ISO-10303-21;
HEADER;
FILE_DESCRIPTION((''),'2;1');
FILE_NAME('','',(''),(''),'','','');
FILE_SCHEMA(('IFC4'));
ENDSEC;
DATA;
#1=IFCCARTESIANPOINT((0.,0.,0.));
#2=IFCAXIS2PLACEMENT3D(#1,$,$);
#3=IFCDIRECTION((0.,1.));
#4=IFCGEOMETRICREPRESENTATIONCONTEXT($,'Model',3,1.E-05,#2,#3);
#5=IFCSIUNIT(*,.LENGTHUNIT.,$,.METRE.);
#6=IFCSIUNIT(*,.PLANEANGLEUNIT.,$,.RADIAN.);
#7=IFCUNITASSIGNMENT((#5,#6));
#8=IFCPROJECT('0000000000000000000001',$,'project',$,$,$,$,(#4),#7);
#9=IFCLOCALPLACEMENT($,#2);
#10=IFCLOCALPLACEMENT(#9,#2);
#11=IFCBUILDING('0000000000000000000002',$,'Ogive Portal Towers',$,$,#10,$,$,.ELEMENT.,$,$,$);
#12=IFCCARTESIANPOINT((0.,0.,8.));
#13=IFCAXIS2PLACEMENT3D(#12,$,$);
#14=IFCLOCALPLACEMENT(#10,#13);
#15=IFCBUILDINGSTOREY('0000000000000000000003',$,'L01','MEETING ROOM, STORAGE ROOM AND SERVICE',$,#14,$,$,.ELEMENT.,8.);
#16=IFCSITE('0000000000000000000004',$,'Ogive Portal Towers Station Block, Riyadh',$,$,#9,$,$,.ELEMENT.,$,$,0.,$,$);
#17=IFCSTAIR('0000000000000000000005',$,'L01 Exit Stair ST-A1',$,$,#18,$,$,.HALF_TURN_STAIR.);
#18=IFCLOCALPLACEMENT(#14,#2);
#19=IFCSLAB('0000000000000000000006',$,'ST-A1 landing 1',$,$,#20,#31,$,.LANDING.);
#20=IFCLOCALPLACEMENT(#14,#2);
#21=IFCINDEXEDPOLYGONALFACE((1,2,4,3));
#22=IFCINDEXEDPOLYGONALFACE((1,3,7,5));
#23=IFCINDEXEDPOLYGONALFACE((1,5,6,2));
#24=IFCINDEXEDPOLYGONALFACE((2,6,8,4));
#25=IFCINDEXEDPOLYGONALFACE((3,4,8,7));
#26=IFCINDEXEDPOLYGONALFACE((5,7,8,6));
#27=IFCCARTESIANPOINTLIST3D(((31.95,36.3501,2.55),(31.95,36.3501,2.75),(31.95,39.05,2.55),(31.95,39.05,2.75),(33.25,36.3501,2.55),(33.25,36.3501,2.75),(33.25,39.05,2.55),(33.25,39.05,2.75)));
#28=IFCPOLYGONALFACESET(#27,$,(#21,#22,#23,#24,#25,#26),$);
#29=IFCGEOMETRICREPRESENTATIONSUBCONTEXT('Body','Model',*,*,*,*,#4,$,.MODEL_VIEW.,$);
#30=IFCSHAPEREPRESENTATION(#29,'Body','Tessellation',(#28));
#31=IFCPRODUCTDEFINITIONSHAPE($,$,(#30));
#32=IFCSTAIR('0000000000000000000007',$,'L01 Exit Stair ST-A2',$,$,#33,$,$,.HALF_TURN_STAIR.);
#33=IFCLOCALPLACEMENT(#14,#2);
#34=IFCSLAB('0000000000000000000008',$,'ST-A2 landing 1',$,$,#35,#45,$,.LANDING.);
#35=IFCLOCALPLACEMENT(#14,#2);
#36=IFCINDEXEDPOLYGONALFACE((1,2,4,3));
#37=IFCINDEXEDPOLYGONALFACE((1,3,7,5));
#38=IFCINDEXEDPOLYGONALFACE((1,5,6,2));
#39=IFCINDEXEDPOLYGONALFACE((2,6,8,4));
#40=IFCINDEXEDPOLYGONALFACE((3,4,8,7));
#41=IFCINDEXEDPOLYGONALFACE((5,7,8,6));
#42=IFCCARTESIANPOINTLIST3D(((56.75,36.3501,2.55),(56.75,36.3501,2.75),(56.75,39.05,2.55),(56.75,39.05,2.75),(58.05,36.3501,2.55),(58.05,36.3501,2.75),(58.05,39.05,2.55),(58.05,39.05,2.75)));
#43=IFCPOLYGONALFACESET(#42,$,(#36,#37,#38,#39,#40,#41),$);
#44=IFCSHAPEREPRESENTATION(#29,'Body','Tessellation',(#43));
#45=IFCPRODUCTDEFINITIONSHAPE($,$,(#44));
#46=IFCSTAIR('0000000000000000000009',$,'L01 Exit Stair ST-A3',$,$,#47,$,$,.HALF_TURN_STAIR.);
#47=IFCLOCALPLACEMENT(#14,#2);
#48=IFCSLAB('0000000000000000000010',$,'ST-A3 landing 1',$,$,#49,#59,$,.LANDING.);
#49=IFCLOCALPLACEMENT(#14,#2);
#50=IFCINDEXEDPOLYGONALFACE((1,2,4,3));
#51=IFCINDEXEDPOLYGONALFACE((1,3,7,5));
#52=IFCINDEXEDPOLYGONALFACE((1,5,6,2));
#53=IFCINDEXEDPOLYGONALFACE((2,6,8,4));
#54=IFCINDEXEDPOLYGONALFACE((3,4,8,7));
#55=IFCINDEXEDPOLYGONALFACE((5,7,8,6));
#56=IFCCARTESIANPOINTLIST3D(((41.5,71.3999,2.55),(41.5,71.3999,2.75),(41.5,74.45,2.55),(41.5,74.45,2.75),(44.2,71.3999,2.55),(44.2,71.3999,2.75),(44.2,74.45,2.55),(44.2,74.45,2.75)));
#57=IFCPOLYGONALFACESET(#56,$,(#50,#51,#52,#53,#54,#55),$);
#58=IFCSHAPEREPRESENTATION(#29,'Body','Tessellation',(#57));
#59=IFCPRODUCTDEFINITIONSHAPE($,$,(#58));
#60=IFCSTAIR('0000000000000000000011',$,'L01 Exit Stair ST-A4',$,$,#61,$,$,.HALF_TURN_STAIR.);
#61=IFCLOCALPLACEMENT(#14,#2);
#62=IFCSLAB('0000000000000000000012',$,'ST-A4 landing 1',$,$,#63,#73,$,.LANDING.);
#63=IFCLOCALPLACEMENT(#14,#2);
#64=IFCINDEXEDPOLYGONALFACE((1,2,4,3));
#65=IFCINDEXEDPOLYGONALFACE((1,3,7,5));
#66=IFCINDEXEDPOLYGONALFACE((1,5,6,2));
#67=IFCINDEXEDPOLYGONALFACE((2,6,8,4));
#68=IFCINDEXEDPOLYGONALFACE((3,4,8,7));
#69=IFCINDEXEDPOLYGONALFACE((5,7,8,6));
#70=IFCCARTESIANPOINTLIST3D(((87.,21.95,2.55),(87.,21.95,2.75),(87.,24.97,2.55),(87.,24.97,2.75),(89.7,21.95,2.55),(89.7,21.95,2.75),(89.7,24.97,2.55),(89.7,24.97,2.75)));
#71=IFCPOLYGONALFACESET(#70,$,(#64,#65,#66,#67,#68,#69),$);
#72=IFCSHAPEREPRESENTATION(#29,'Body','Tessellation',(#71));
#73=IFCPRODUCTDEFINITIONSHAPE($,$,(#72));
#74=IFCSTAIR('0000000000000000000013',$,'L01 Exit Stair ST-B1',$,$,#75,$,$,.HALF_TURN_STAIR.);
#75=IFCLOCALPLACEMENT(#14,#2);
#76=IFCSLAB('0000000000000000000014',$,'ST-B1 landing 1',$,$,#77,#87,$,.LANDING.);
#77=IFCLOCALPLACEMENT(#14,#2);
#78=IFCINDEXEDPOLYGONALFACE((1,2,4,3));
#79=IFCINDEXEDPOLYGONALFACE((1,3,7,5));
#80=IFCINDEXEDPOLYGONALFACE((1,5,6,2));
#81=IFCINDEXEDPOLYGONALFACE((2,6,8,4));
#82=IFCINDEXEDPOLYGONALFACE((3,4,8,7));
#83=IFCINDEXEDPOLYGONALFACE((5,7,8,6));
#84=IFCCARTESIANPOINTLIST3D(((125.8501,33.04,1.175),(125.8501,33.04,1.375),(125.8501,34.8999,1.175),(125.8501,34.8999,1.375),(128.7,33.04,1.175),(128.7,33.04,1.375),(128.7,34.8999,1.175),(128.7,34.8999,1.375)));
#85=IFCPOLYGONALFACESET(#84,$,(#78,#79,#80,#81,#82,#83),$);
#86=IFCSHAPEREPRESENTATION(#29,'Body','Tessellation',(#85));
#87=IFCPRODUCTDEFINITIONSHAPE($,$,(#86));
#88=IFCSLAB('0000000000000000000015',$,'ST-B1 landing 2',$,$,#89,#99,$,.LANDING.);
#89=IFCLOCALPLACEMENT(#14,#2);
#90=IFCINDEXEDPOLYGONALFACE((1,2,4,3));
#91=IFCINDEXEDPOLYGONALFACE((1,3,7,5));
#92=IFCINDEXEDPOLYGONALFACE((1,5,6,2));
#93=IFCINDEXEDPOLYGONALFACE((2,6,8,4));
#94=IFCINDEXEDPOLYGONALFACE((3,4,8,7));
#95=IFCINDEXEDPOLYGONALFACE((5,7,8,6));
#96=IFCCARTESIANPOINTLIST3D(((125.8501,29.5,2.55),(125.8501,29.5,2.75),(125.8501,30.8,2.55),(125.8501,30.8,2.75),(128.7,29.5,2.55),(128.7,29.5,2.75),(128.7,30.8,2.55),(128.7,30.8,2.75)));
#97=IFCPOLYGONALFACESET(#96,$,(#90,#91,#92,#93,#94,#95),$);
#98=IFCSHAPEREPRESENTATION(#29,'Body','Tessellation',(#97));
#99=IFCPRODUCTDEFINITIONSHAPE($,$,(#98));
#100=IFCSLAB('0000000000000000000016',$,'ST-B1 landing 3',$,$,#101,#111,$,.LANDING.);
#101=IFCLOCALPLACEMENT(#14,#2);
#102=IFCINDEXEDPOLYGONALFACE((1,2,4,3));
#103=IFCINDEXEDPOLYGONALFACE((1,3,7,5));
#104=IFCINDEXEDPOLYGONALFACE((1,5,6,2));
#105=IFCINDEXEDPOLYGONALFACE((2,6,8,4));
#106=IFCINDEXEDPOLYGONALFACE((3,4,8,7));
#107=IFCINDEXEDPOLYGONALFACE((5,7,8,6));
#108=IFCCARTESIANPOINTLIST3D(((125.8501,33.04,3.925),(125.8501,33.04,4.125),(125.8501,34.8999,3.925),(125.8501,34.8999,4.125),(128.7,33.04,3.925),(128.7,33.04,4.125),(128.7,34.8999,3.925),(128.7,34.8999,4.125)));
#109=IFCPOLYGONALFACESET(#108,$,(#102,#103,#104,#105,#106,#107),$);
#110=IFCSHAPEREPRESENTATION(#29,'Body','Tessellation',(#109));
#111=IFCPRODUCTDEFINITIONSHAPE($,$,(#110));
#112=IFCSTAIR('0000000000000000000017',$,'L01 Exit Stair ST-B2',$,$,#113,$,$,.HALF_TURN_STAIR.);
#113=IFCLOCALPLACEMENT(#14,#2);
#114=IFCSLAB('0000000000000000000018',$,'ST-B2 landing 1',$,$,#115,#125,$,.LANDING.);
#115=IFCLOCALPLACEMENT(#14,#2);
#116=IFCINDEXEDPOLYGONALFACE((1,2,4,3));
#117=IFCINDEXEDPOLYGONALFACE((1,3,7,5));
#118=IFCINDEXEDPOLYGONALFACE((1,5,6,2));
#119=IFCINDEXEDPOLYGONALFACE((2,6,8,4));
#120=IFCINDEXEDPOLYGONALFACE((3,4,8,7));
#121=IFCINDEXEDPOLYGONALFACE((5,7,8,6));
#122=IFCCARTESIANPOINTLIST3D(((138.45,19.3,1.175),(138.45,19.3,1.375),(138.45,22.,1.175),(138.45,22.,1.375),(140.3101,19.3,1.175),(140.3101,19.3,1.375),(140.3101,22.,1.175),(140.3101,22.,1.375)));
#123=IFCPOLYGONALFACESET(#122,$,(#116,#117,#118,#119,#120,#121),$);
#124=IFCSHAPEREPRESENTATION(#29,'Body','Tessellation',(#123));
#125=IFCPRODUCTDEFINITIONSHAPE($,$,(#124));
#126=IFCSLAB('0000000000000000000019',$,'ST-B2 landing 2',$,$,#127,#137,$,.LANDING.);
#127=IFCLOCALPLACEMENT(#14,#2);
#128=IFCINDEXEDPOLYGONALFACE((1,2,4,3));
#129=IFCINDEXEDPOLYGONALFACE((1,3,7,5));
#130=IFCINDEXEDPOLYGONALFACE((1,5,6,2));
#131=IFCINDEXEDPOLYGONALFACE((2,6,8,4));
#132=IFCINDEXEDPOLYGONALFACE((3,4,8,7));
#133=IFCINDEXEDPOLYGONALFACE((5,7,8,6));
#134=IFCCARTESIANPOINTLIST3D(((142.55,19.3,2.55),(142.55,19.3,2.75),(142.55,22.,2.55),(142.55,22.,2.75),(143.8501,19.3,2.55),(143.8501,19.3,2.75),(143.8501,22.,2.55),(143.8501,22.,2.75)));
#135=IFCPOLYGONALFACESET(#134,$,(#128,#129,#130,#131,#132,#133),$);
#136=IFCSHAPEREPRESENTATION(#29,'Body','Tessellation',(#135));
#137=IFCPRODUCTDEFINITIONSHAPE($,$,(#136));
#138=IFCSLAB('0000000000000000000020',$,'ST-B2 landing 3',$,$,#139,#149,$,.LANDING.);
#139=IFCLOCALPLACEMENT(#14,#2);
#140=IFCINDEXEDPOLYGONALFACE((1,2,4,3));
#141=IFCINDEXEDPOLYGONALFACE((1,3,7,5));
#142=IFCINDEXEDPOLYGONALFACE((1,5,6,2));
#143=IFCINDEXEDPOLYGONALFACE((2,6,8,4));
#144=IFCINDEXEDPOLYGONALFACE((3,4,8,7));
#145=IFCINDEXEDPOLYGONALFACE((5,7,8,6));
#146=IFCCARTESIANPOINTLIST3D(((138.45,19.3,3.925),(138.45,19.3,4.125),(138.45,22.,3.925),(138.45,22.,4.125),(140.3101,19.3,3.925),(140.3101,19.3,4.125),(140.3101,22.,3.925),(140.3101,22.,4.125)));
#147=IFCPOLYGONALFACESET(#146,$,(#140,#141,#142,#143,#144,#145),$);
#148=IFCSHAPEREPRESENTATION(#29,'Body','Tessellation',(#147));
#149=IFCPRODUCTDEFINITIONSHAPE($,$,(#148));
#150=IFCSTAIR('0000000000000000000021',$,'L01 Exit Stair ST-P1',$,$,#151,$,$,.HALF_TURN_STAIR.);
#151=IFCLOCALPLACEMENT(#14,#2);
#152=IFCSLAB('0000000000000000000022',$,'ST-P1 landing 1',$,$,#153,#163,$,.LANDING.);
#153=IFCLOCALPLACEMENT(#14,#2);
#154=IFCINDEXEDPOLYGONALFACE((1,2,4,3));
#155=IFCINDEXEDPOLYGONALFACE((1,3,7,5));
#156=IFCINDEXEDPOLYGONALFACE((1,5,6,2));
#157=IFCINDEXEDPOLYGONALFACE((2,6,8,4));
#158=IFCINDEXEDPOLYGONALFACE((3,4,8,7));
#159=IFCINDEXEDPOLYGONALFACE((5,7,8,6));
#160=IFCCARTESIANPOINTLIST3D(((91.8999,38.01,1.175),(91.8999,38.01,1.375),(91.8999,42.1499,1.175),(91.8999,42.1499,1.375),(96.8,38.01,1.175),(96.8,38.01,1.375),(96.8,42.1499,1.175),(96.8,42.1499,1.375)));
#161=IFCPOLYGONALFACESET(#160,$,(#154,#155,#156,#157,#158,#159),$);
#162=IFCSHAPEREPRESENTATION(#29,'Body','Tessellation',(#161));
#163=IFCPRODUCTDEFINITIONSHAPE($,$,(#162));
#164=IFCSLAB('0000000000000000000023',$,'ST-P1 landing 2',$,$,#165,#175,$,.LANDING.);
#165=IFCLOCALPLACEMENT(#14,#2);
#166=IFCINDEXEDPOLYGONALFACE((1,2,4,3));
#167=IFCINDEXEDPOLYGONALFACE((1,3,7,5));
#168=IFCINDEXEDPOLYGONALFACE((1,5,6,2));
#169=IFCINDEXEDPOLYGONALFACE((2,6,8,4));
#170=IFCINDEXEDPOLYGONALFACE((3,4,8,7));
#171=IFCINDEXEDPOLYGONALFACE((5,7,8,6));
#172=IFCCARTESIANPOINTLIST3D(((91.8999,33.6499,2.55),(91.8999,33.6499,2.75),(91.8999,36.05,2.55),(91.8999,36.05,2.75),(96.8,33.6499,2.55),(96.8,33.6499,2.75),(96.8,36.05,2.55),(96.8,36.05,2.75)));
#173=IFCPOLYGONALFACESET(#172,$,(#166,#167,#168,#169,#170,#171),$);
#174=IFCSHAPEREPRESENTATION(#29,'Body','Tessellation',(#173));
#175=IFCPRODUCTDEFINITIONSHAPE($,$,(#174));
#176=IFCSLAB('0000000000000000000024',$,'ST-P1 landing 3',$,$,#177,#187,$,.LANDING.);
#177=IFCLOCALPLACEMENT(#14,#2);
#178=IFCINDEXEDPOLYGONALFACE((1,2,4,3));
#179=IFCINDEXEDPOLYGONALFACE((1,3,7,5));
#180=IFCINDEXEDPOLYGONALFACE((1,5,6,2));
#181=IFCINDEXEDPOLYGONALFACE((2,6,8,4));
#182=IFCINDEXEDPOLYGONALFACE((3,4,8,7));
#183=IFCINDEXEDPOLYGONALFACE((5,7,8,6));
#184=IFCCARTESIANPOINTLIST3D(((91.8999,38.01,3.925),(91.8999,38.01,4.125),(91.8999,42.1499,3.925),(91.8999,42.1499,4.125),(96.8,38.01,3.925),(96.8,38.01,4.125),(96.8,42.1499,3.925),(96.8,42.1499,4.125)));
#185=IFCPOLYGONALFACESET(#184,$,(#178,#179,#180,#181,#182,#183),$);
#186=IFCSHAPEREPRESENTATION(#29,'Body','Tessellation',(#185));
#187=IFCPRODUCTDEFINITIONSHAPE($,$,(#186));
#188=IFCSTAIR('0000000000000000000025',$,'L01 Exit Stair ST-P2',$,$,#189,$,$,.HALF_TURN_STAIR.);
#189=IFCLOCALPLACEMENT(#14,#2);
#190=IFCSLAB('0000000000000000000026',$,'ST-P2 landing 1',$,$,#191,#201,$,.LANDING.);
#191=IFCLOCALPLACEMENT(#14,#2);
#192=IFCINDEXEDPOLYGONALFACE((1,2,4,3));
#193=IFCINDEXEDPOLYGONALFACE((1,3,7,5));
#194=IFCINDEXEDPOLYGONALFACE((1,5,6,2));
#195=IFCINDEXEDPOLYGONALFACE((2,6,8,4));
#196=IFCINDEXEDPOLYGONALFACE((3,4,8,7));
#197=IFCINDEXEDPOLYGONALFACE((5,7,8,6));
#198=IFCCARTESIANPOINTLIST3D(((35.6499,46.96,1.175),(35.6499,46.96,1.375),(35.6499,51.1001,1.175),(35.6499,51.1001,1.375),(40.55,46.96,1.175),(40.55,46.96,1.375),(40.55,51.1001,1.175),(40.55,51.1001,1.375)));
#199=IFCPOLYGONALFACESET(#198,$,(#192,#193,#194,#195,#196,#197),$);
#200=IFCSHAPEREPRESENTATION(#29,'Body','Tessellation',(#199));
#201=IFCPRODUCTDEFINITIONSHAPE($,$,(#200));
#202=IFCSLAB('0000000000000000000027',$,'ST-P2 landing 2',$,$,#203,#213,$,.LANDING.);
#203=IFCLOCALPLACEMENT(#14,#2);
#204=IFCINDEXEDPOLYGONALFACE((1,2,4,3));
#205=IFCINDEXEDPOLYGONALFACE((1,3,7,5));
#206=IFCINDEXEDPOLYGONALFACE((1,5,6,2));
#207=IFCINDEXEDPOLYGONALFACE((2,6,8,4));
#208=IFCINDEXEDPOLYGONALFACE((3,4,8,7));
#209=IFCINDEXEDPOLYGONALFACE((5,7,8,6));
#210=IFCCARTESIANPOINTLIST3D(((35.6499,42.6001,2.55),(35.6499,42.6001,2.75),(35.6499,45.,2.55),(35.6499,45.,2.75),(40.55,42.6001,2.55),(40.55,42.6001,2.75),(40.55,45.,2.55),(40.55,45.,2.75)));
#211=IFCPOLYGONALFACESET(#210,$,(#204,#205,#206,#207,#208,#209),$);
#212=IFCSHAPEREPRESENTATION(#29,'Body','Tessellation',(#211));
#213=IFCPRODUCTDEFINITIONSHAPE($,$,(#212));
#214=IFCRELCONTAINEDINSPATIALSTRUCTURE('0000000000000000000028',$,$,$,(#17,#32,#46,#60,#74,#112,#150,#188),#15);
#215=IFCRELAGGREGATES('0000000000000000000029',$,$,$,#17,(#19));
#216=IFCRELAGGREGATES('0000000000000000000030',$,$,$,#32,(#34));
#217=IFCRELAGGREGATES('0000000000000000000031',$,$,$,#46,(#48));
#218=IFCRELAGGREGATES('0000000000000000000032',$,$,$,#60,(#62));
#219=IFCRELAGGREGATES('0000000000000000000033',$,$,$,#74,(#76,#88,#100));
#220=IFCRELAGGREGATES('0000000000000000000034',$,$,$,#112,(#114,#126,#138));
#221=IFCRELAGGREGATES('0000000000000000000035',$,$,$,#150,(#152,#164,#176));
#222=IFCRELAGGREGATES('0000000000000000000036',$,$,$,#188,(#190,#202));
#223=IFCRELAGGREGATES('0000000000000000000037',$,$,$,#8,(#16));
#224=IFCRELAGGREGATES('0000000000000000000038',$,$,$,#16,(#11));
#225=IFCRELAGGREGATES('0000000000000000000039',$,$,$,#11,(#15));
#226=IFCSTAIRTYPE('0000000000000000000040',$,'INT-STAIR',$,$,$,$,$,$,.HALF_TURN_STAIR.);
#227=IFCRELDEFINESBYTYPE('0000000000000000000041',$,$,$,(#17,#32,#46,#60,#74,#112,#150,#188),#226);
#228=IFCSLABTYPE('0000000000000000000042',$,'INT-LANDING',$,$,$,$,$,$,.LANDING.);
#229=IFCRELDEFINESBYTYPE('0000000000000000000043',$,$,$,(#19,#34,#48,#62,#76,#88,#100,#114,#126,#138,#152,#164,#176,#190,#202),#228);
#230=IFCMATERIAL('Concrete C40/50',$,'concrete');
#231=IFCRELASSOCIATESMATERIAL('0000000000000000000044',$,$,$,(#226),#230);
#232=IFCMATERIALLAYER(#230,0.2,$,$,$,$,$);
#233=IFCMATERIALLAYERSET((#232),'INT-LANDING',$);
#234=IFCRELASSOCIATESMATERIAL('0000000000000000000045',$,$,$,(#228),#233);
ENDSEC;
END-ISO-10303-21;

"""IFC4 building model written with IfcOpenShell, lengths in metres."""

from ifc_helpers import new_model, si_unit, direction, frame, origin, place, context, subcontext, project, spatial, polyline, outline, extrude, material, layer, layer_set, type_object, element, aggregate, save


model = new_model("IFC4")

# Units and contexts
model_context = context("Model", 3, precision=1e-05, world=origin(), true_north=direction((0.0, 1.0)))
body_context = subcontext(model_context, "Body", "Model", "MODEL_VIEW")
ifc_project = project(units=[si_unit("LENGTHUNIT", "METRE"), si_unit("PLANEANGLEUNIT", "RADIAN")], contexts=[model_context])

# Site, building, storey
site_placement = place(None, origin())
site = spatial("IfcSite", under=ifc_project, at=site_placement, Name="Ogive Portal Towers Station Block, Riyadh", CompositionType="ELEMENT", RefElevation=0.0)
building_placement = place(site_placement, origin())
building = spatial("IfcBuilding", under=site, at=building_placement, Name="Ogive Portal Towers", CompositionType="ELEMENT")
storey_placement = place(building_placement, frame((0.0, 0.0, 8.0)))
storey = spatial("IfcBuildingStorey", under=building, at=storey_placement, Name="L01", Description="MEETING ROOM, STORAGE ROOM AND SERVICE", CompositionType="ELEMENT", Elevation=8.0)

# Stairs, slabs
ifc_material_1 = material(Name="Concrete C40/50", Category="concrete")
stair_type = type_object("IfcStairType", Name="INT-STAIR", PredefinedType="HALF_TURN_STAIR", material=ifc_material_1)
stair_1_placement = place(storey_placement, origin())
stair_1 = element("IfcStair", 1, at=stair_1_placement, inside=storey, type_object=stair_type, Name="L01 Exit Stair ST-A1", PredefinedType="HALF_TURN_STAIR")
ifc_layer_1 = layer(ifc_material_1, 0.2)
ifc_layer_set_1 = layer_set([ifc_layer_1], Name="INT-LANDING")
slab_type_1 = type_object("IfcSlabType", Name="INT-LANDING", PredefinedType="LANDING", material=ifc_layer_set_1)
slab_1_placement = place(storey_placement, frame((0.0, 0.0, 2.55)))
slab_1 = element("IfcSlab", 2, at=slab_1_placement, type_object=slab_type_1, Name="ST-A1 landing 1", PredefinedType="LANDING", context=body_context, shape_type="SweptSolid", body=[
    extrude(outline(polyline([(33.25, 39.05), (31.95, 39.05), (31.95, 36.3501), (33.25, 36.3501), (33.25, 39.05)])), origin(), (0.0, 0.0, 1.0), 0.2),
])
aggregate(stair_1, [slab_1])
stair_2_placement = place(storey_placement, origin())
stair_2 = element("IfcStair", 3, at=stair_2_placement, inside=storey, type_object=stair_type, Name="L01 Exit Stair ST-A2", PredefinedType="HALF_TURN_STAIR")
slab_2_placement = place(storey_placement, frame((0.0, 0.0, 2.55)))
slab_2 = element("IfcSlab", 4, at=slab_2_placement, type_object=slab_type_1, Name="ST-A2 landing 1", PredefinedType="LANDING", context=body_context, shape_type="SweptSolid", body=[
    extrude(outline(polyline([(56.75, 36.3501), (58.05, 36.3501), (58.05, 39.05), (56.75, 39.05), (56.75, 36.3501)])), origin(), (0.0, 0.0, 1.0), 0.2),
])
aggregate(stair_2, [slab_2])
stair_3_placement = place(storey_placement, origin())
stair_3 = element("IfcStair", 5, at=stair_3_placement, inside=storey, type_object=stair_type, Name="L01 Exit Stair ST-A3", PredefinedType="HALF_TURN_STAIR")
slab_3_placement = place(storey_placement, frame((0.0, 0.0, 2.55)))
slab_3 = element("IfcSlab", 6, at=slab_3_placement, type_object=slab_type_1, Name="ST-A3 landing 1", PredefinedType="LANDING", context=body_context, shape_type="SweptSolid", body=[
    extrude(outline(polyline([(44.2, 71.3999), (44.2, 74.45), (41.5, 74.45), (41.5, 71.3999), (44.2, 71.3999)])), origin(), (0.0, 0.0, 1.0), 0.2),
])
aggregate(stair_3, [slab_3])
stair_4_placement = place(storey_placement, origin())
stair_4 = element("IfcStair", 7, at=stair_4_placement, inside=storey, type_object=stair_type, Name="L01 Exit Stair ST-A4", PredefinedType="HALF_TURN_STAIR")
slab_4_placement = place(storey_placement, frame((0.0, 0.0, 2.55)))
slab_4 = element("IfcSlab", 8, at=slab_4_placement, type_object=slab_type_1, Name="ST-A4 landing 1", PredefinedType="LANDING", context=body_context, shape_type="SweptSolid", body=[
    extrude(outline(polyline([(87.0, 24.97), (87.0, 21.95), (89.7, 21.95), (89.7, 24.97), (87.0, 24.97)])), origin(), (0.0, 0.0, 1.0), 0.2),
])
aggregate(stair_4, [slab_4])

# Stairs, slabs
stair_5_placement = place(storey_placement, origin())
stair_5 = element("IfcStair", 9, at=stair_5_placement, inside=storey, type_object=stair_type, Name="L01 Exit Stair ST-B1", PredefinedType="HALF_TURN_STAIR")
slab_5_placement = place(storey_placement, frame((0.0, 0.0, 1.175)))
slab_5 = element("IfcSlab", 10, at=slab_5_placement, type_object=slab_type_1, Name="ST-B1 landing 1", PredefinedType="LANDING", context=body_context, shape_type="SweptSolid", body=[
    extrude(outline(polyline([(128.7, 33.04), (128.7, 34.8999), (125.8501, 34.8999), (125.8501, 33.04), (128.7, 33.04)])), origin(), (0.0, 0.0, 1.0), 0.2),
])
slab_6_placement = place(storey_placement, frame((0.0, 0.0, 2.55)))
slab_6 = element("IfcSlab", 11, at=slab_6_placement, type_object=slab_type_1, Name="ST-B1 landing 2", PredefinedType="LANDING", context=body_context, shape_type="SweptSolid", body=[
    extrude(outline(polyline([(128.7, 29.5), (128.7, 30.8), (125.8501, 30.8), (125.8501, 29.5), (128.7, 29.5)])), origin(), (0.0, 0.0, 1.0), 0.2),
])
slab_7_placement = place(storey_placement, frame((0.0, 0.0, 3.925)))
slab_7 = element("IfcSlab", 12, at=slab_7_placement, type_object=slab_type_1, Name="ST-B1 landing 3", PredefinedType="LANDING", context=body_context, shape_type="SweptSolid", body=[
    extrude(outline(polyline([(128.7, 33.04), (128.7, 34.8999), (125.8501, 34.8999), (125.8501, 33.04), (128.7, 33.04)])), origin(), (0.0, 0.0, 1.0), 0.2),
])
aggregate(stair_5, [slab_5, slab_6, slab_7])
stair_6_placement = place(storey_placement, origin())
stair_6 = element("IfcStair", 13, at=stair_6_placement, inside=storey, type_object=stair_type, Name="L01 Exit Stair ST-B2", PredefinedType="HALF_TURN_STAIR")
slab_8_placement = place(storey_placement, frame((0.0, 0.0, 1.175)))
slab_8 = element("IfcSlab", 14, at=slab_8_placement, type_object=slab_type_1, Name="ST-B2 landing 1", PredefinedType="LANDING", context=body_context, shape_type="SweptSolid", body=[
    extrude(outline(polyline([(140.3101, 22.0), (138.45, 22.0), (138.45, 19.3), (140.3101, 19.3), (140.3101, 22.0)])), origin(), (0.0, 0.0, 1.0), 0.2),
])
slab_9_placement = place(storey_placement, frame((0.0, 0.0, 2.55)))
slab_9 = element("IfcSlab", 15, at=slab_9_placement, type_object=slab_type_1, Name="ST-B2 landing 2", PredefinedType="LANDING", context=body_context, shape_type="SweptSolid", body=[
    extrude(outline(polyline([(143.8501, 22.0), (142.55, 22.0), (142.55, 19.3), (143.8501, 19.3), (143.8501, 22.0)])), origin(), (0.0, 0.0, 1.0), 0.2),
])
slab_10_placement = place(storey_placement, frame((0.0, 0.0, 3.925)))
slab_10 = element("IfcSlab", 16, at=slab_10_placement, type_object=slab_type_1, Name="ST-B2 landing 3", PredefinedType="LANDING", context=body_context, shape_type="SweptSolid", body=[
    extrude(outline(polyline([(140.3101, 22.0), (138.45, 22.0), (138.45, 19.3), (140.3101, 19.3), (140.3101, 22.0)])), origin(), (0.0, 0.0, 1.0), 0.2),
])
aggregate(stair_6, [slab_8, slab_9, slab_10])
stair_7_placement = place(storey_placement, origin())
stair_7 = element("IfcStair", 17, at=stair_7_placement, inside=storey, type_object=stair_type, Name="L01 Exit Stair ST-P1", PredefinedType="HALF_TURN_STAIR")
slab_11_placement = place(storey_placement, frame((0.0, 0.0, 1.175)))
slab_11 = element("IfcSlab", 18, at=slab_11_placement, type_object=slab_type_1, Name="ST-P1 landing 1", PredefinedType="LANDING", context=body_context, shape_type="SweptSolid", body=[
    extrude(outline(polyline([(96.8, 38.01), (96.8, 42.1499), (91.8999, 42.1499), (91.8999, 38.01), (96.8, 38.01)])), origin(), (0.0, 0.0, 1.0), 0.2),
])
slab_12_placement = place(storey_placement, frame((0.0, 0.0, 2.55)))
slab_12 = element("IfcSlab", 19, at=slab_12_placement, type_object=slab_type_1, Name="ST-P1 landing 2", PredefinedType="LANDING", context=body_context, shape_type="SweptSolid", body=[
    extrude(outline(polyline([(96.8, 33.6499), (96.8, 36.05), (91.8999, 36.05), (91.8999, 33.6499), (96.8, 33.6499)])), origin(), (0.0, 0.0, 1.0), 0.2),
])
slab_13_placement = place(storey_placement, frame((0.0, 0.0, 3.925)))
slab_13 = element("IfcSlab", 20, at=slab_13_placement, type_object=slab_type_1, Name="ST-P1 landing 3", PredefinedType="LANDING", context=body_context, shape_type="SweptSolid", body=[
    extrude(outline(polyline([(96.8, 38.01), (96.8, 42.1499), (91.8999, 42.1499), (91.8999, 38.01), (96.8, 38.01)])), origin(), (0.0, 0.0, 1.0), 0.2),
])
aggregate(stair_7, [slab_11, slab_12, slab_13])
stair_8_placement = place(storey_placement, origin())
stair_8 = element("IfcStair", 21, at=stair_8_placement, inside=storey, type_object=stair_type, Name="L01 Exit Stair ST-P2", PredefinedType="HALF_TURN_STAIR")
slab_14_placement = place(storey_placement, frame((0.0, 0.0, 1.175)))
slab_14 = element("IfcSlab", 22, at=slab_14_placement, type_object=slab_type_1, Name="ST-P2 landing 1", PredefinedType="LANDING", context=body_context, shape_type="SweptSolid", body=[
    extrude(outline(polyline([(40.55, 46.96), (40.55, 51.1001), (35.6499, 51.1001), (35.6499, 46.96), (40.55, 46.96)])), origin(), (0.0, 0.0, 1.0), 0.2),
])
slab_15_placement = place(storey_placement, frame((0.0, 0.0, 2.55)))
slab_15 = element("IfcSlab", 23, at=slab_15_placement, type_object=slab_type_1, Name="ST-P2 landing 2", PredefinedType="LANDING", context=body_context, shape_type="SweptSolid", body=[
    extrude(outline(polyline([(40.55, 42.6001), (40.55, 45.0), (35.6499, 45.0), (35.6499, 42.6001), (40.55, 42.6001)])), origin(), (0.0, 0.0, 1.0), 0.2),
])
aggregate(stair_8, [slab_14, slab_15])

save(model, "model.ifc")
